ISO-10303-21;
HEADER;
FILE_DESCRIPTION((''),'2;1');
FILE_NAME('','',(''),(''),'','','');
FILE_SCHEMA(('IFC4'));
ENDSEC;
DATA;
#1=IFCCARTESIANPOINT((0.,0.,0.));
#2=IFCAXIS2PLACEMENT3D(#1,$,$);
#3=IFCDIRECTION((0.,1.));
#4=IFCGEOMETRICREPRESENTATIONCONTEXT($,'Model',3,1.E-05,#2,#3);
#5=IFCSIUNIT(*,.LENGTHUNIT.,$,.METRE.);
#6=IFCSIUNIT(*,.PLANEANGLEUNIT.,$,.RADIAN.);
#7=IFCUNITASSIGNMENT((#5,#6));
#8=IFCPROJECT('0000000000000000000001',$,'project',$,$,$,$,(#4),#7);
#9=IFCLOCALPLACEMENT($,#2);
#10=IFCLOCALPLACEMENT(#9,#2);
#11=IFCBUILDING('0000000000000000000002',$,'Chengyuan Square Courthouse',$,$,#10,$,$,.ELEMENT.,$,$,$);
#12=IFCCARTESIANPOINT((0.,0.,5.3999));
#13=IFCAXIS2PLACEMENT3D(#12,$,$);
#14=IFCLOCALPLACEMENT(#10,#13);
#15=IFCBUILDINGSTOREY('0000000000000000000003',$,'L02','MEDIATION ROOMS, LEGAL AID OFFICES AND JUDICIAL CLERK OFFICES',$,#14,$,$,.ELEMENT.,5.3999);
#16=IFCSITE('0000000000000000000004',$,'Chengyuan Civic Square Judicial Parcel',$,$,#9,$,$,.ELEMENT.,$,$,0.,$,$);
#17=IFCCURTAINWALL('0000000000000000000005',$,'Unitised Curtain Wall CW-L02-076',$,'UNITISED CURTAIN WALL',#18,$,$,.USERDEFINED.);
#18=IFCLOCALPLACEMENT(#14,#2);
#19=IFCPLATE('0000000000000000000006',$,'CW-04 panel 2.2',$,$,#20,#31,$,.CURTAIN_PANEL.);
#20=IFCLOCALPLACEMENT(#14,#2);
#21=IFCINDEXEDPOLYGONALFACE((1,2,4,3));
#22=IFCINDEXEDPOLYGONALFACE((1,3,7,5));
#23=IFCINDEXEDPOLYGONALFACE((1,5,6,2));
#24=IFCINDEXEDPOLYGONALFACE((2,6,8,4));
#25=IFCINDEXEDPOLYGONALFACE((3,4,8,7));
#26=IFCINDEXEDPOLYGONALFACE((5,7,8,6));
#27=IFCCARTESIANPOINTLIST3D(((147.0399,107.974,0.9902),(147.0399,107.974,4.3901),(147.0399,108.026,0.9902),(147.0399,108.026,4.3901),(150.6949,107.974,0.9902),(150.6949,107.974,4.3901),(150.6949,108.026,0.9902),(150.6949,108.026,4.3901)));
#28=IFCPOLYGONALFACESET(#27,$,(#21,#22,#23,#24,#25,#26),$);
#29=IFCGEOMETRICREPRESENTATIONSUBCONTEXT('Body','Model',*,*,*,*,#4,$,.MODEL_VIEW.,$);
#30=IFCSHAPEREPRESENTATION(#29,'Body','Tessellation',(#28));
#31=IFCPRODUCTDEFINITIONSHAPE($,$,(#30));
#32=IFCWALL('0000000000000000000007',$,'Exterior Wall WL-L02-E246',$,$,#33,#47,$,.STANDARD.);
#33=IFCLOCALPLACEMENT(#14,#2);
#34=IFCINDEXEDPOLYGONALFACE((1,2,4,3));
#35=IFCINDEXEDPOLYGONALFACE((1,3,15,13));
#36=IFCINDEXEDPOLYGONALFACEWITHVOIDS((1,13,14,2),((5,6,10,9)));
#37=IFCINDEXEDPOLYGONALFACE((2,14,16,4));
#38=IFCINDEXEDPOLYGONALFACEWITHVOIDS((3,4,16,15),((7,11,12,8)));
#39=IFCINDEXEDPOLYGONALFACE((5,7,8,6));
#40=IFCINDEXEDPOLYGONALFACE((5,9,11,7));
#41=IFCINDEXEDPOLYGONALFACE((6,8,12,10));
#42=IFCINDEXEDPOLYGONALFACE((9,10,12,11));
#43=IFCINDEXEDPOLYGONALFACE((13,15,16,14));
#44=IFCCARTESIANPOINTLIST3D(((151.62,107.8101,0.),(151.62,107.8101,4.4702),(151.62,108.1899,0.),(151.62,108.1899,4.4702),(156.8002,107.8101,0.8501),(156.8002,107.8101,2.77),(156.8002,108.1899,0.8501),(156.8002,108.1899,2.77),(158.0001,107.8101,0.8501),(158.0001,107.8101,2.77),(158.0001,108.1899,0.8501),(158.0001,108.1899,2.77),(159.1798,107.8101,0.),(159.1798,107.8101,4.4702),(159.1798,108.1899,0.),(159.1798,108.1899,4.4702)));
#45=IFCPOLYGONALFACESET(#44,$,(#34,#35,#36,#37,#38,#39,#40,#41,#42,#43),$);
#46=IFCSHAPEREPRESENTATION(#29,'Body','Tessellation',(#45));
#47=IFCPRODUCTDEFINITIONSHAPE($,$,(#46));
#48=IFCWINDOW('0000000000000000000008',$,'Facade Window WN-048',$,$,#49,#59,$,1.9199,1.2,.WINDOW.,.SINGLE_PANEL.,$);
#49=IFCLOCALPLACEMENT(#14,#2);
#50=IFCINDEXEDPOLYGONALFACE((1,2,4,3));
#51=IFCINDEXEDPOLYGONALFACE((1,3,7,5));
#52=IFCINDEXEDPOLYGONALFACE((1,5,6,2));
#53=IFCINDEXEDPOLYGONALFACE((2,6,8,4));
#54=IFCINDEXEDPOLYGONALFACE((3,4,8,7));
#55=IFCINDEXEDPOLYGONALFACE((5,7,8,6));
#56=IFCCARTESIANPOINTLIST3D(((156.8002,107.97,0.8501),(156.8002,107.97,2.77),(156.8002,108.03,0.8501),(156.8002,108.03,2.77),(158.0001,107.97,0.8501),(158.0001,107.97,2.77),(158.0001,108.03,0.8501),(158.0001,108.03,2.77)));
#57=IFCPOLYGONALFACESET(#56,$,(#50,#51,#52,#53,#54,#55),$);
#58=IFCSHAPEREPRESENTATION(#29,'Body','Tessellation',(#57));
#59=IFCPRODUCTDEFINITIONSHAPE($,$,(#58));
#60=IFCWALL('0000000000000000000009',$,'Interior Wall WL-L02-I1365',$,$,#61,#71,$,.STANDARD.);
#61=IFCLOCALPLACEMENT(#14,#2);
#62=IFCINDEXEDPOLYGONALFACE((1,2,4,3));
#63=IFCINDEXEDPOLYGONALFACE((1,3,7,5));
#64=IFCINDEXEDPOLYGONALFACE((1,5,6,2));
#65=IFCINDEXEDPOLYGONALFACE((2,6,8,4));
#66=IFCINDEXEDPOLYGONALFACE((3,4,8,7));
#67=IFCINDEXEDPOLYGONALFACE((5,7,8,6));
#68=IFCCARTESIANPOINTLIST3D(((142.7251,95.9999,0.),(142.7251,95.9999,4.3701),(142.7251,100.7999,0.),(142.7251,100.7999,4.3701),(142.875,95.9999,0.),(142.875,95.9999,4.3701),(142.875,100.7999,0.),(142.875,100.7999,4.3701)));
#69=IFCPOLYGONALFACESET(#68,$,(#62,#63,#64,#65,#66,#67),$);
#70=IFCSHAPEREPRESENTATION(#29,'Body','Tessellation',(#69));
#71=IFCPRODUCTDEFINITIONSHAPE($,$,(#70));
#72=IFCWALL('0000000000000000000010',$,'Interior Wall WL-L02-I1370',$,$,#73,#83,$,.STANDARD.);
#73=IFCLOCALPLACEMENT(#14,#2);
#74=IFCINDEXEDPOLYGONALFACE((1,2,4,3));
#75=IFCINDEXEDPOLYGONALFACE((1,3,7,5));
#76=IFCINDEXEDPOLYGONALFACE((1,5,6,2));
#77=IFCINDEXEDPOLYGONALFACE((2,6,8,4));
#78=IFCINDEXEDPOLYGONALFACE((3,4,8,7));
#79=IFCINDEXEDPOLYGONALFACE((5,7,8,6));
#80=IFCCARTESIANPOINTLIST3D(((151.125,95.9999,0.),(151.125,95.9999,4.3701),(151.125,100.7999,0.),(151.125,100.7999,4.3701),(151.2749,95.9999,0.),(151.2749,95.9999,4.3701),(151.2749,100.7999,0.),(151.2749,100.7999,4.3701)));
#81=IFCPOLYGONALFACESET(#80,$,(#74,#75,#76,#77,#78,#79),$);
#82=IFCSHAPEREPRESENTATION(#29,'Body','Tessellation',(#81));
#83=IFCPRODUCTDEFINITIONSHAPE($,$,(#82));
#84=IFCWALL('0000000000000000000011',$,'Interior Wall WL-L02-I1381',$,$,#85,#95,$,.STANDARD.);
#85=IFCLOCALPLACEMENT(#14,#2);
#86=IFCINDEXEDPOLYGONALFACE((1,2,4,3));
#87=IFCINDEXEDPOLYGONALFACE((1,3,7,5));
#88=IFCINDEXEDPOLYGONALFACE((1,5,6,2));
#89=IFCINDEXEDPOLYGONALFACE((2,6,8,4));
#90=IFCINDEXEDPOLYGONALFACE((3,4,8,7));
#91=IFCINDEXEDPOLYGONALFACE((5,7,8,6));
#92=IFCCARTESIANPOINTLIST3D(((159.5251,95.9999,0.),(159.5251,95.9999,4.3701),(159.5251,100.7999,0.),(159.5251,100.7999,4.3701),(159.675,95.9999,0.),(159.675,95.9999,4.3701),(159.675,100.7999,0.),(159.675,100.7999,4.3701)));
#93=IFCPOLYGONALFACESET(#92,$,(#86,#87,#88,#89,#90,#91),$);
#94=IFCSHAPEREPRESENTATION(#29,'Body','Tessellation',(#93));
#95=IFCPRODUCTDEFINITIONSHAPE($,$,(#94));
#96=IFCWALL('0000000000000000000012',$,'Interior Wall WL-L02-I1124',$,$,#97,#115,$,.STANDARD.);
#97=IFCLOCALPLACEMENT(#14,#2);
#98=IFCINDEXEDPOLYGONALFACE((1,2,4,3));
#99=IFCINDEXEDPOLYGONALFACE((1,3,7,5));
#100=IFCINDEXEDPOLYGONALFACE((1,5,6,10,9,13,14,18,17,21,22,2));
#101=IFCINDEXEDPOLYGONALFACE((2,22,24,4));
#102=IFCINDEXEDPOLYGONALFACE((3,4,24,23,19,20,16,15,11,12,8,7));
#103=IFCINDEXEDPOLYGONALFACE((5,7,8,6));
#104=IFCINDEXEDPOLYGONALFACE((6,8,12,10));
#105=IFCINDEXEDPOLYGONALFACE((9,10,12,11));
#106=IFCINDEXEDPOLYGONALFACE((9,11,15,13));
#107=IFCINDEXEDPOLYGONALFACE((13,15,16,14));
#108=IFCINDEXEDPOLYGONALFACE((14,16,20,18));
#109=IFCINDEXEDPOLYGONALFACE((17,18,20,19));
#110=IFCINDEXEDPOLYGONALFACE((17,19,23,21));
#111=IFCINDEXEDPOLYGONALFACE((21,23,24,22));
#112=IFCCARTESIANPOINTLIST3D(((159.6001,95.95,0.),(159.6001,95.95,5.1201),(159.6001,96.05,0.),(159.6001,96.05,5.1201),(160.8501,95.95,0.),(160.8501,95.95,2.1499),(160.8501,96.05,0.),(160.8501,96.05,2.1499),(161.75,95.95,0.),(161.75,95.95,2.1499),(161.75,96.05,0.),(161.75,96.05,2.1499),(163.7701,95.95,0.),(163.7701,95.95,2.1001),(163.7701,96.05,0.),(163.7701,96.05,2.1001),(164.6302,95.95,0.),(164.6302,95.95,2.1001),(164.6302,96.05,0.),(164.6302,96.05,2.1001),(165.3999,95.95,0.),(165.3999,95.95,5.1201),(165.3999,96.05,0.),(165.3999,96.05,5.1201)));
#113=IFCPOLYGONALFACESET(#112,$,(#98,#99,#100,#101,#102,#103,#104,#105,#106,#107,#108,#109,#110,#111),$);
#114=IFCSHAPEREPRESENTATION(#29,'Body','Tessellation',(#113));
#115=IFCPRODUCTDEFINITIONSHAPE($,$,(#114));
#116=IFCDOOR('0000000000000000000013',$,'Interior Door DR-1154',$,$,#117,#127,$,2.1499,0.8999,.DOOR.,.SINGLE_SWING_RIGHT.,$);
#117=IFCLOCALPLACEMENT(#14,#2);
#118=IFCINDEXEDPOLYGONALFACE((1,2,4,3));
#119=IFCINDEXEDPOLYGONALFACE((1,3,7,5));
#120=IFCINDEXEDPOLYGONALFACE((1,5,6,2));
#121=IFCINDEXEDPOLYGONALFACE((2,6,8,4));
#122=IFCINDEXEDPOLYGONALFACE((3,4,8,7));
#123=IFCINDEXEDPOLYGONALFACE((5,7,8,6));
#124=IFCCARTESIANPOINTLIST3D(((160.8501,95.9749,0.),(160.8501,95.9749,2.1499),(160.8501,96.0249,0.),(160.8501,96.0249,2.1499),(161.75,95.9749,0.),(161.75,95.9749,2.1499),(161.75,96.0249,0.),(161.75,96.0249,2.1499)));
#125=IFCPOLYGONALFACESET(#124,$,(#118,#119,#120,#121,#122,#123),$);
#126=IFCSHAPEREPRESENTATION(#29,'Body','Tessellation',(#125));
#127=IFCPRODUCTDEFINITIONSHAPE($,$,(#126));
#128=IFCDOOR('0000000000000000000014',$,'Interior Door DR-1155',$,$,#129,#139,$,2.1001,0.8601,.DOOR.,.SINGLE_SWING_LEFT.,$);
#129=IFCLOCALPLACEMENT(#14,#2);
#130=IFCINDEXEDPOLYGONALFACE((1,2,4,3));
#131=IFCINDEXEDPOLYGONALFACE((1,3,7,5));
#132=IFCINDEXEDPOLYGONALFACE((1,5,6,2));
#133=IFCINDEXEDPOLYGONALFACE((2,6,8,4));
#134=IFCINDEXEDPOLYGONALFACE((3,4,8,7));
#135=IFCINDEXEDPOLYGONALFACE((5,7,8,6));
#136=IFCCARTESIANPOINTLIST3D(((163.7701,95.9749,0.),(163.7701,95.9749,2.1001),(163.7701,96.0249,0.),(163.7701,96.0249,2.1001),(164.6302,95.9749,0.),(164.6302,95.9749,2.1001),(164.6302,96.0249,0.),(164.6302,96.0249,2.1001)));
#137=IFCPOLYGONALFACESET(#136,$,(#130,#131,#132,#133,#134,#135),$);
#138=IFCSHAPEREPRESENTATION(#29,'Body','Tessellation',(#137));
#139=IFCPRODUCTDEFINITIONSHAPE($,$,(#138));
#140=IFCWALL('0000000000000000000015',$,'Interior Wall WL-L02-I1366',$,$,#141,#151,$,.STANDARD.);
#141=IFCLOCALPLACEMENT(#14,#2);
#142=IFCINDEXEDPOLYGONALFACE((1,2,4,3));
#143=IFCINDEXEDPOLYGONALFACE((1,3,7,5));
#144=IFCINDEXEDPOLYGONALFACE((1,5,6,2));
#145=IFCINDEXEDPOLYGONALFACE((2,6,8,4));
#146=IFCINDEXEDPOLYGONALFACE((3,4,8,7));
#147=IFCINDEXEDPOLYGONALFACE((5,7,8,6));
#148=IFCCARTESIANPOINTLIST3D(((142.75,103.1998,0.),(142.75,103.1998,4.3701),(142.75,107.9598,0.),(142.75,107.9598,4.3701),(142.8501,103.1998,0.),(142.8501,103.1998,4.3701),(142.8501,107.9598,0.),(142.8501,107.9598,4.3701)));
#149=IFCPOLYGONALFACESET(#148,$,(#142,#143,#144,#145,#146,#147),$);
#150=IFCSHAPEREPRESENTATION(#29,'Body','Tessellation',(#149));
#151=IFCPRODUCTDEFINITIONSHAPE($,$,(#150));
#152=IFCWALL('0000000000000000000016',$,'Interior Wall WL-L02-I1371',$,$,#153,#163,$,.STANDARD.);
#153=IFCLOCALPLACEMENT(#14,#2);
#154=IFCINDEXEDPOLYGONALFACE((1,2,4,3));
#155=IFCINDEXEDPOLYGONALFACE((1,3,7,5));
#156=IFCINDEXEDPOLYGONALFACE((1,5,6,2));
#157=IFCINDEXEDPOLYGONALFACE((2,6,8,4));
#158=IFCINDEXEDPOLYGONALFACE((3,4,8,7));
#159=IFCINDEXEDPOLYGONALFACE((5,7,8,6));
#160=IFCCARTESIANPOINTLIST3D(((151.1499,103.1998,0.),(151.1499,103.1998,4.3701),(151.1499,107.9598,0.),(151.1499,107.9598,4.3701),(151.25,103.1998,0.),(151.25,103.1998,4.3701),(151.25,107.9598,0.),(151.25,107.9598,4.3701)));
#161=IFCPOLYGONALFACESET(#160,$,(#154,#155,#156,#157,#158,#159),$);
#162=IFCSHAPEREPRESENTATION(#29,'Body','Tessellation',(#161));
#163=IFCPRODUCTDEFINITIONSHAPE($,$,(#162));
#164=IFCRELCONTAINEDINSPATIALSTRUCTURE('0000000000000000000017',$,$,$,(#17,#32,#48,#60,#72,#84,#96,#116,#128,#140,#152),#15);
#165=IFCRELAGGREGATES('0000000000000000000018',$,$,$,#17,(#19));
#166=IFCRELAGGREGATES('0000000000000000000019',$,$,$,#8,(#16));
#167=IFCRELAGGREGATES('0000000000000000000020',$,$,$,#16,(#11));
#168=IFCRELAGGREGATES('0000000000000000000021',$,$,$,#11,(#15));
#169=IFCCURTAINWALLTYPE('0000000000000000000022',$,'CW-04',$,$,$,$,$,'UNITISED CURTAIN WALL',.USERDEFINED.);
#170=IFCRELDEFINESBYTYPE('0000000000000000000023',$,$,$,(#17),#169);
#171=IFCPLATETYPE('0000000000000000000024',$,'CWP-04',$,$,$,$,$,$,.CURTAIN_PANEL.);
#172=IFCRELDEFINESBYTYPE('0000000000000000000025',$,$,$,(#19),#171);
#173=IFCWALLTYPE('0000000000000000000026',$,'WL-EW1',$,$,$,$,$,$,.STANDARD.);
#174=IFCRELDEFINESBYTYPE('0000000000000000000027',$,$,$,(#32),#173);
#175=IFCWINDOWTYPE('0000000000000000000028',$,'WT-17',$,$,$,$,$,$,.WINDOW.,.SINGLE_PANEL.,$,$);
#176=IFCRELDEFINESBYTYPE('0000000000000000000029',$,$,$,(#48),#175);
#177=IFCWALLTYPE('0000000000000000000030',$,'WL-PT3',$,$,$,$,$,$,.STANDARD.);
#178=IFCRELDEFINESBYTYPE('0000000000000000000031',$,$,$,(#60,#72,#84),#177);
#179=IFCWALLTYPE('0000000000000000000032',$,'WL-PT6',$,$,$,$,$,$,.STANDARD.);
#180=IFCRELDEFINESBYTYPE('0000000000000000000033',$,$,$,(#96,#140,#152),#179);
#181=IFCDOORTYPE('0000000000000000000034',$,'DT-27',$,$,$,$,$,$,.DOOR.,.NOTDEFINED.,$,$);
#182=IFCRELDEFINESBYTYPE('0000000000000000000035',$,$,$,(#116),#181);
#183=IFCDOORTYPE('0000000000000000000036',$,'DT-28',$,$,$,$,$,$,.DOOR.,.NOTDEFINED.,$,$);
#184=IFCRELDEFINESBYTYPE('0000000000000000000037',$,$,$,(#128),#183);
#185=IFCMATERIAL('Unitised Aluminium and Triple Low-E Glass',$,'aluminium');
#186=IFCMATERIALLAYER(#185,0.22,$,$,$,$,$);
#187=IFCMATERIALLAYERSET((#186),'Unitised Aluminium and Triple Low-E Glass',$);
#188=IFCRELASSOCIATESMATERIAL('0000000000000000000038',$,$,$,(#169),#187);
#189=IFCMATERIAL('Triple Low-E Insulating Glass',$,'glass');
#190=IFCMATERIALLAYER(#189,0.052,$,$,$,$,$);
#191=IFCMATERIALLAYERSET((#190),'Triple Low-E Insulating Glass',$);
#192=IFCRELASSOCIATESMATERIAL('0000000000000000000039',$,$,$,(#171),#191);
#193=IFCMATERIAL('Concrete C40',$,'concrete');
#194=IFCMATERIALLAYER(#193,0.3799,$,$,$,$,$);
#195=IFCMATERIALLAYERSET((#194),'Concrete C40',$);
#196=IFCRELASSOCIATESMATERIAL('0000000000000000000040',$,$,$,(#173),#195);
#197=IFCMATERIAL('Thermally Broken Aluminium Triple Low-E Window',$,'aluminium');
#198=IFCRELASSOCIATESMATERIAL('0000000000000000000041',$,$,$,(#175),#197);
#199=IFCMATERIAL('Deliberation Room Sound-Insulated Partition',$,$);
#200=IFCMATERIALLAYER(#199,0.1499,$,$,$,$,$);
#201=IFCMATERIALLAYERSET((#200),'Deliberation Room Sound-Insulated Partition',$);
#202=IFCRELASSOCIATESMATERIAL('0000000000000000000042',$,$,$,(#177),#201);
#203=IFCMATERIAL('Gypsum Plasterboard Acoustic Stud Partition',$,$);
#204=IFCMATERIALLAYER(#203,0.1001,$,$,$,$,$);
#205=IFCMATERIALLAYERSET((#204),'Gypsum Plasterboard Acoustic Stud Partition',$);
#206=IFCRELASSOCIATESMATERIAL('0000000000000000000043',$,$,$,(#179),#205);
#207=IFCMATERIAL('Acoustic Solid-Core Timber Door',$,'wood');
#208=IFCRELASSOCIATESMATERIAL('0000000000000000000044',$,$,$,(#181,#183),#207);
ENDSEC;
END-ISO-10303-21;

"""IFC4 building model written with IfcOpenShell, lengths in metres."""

from ifc_helpers import new_model, si_unit, direction, frame, frame_2d, origin, origin_2d, place, context, subcontext, project, spatial, rectangle, extrude, material, layer, layer_set, type_object, element, fill, aggregate, save


model = new_model("IFC4")

# Units and contexts
model_context = context("Model", 3, precision=1e-05, world=origin(), true_north=direction((0.0, 1.0)))
body_context = subcontext(model_context, "Body", "Model", "MODEL_VIEW")
ifc_project = project(units=[si_unit("LENGTHUNIT", "METRE"), si_unit("PLANEANGLEUNIT", "RADIAN")], contexts=[model_context])

# Site, building, storey
site_placement = place(None, origin())
site = spatial("IfcSite", under=ifc_project, at=site_placement, Name="Chengyuan Civic Square Judicial Parcel", CompositionType="ELEMENT", RefElevation=0.0)
building_placement = place(site_placement, origin())
building = spatial("IfcBuilding", under=site, at=building_placement, Name="Chengyuan Square Courthouse", CompositionType="ELEMENT")
storey_placement = place(building_placement, frame((0.0, 0.0, 5.3999)))
storey = spatial("IfcBuildingStorey", under=building, at=storey_placement, Name="L02", Description="MEDIATION ROOMS, LEGAL AID OFFICES AND JUDICIAL CLERK OFFICES", CompositionType="ELEMENT", Elevation=5.3999)

# Shared definitions
ifc_material_1 = material(Name="Concrete C40", Category="concrete")

# Curtain wall, plate
ifc_material_2 = material(Name="Unitised Aluminium and Triple Low-E Glass", Category="aluminium")
ifc_layer_1 = layer(ifc_material_2, 0.22)
ifc_layer_set_1 = layer_set([ifc_layer_1], Name="Unitised Aluminium and Triple Low-E Glass")
curtain_wall_type = type_object("IfcCurtainWallType", Name="CW-04", ElementType="UNITISED CURTAIN WALL", PredefinedType="USERDEFINED", material=ifc_layer_set_1)
curtain_wall_placement = place(storey_placement, origin())
curtain_wall = element("IfcCurtainWall", 1, at=curtain_wall_placement, inside=storey, type_object=curtain_wall_type, Name="Unitised Curtain Wall CW-L02-076", ObjectType="UNITISED CURTAIN WALL", PredefinedType="USERDEFINED")
ifc_material_3 = material(Name="Triple Low-E Insulating Glass", Category="glass")
ifc_layer_2 = layer(ifc_material_3, 0.052)
ifc_layer_set_2 = layer_set([ifc_layer_2], Name="Triple Low-E Insulating Glass")
plate_type = type_object("IfcPlateType", Name="CWP-04", PredefinedType="CURTAIN_PANEL", material=ifc_layer_set_2)
plate_1_placement = place(storey_placement, frame((148.8674, 108.0, 0.9902), z_axis=(0.0, 0.0, 1.0), x_axis=(1.0, 0.0, 0.0)))
plate_1 = element("IfcPlate", 2, at=plate_1_placement, type_object=plate_type, Name="CW-04 panel 2.2", PredefinedType="CURTAIN_PANEL", context=body_context, shape_type="SweptSolid", body=[
    extrude(rectangle(XDim=3.655, YDim=0.052, at=origin_2d()), origin(), (0.0, 0.0, 1.0), 3.3999),
])
aggregate(curtain_wall, [plate_1])

# Wall, opening, window
ifc_layer_3 = layer(ifc_material_1, 0.3799)
ifc_layer_set_3 = layer_set([ifc_layer_3], Name="Concrete C40")
wall_type_1 = type_object("IfcWallType", Name="WL-EW1", PredefinedType="STANDARD", material=ifc_layer_set_3)
wall_1_placement = place(storey_placement, frame((151.6201, 108.0, 0.0), z_axis=(0.0, 0.0, 1.0), x_axis=(1.0, 0.0, 0.0)))
wall_1 = element("IfcWall", 3, at=wall_1_placement, inside=storey, type_object=wall_type_1, Name="Exterior Wall WL-L02-E246", PredefinedType="STANDARD", context=body_context, shape_type="SweptSolid", body=[
    extrude(rectangle(XDim=7.5598, YDim=0.3799, at=frame_2d((3.7798, 0.0))), origin(), (0.0, 0.0, 1.0), 4.4702),
])
opening_1_placement = place(wall_1_placement, frame((5.1799, 0.0, 0.8501)))
opening_1 = element("IfcOpeningElement", 4, at=opening_1_placement, cuts=wall_1, PredefinedType="OPENING", context=body_context, shape_type="SweptSolid", body=[
    extrude(rectangle(XDim=1.2, YDim=1.9199, at=frame_2d((0.6001, 0.96))), frame((0.0, 0.2019, 0.0), z_axis=(0.0, -1.0, 0.0), x_axis=(1.0, 0.0, 0.0)), (0.0, 0.0, 1.0), 0.4038),
])
ifc_material_4 = material(Name="Thermally Broken Aluminium Triple Low-E Window", Category="aluminium")
window_type = type_object("IfcWindowType", Name="WT-17", PartitioningType="SINGLE_PANEL", PredefinedType="WINDOW", material=ifc_material_4)
window_placement = place(opening_1_placement, origin())
window = element("IfcWindow", 5, at=window_placement, inside=storey, type_object=window_type, Name="Facade Window WN-048", OverallHeight=1.9199, OverallWidth=1.2, PartitioningType="SINGLE_PANEL", PredefinedType="WINDOW", context=body_context, shape_type="SweptSolid", body=[
    extrude(rectangle(XDim=1.2, YDim=1.9199, at=frame_2d((0.6001, 0.96))), frame((0.0, 0.03, 0.0), z_axis=(0.0, -1.0, 0.0), x_axis=(1.0, 0.0, 0.0)), (0.0, 0.0, 1.0), 0.0601),
])
fill(opening_1, window)

# Walls
ifc_material_5 = material(Name="Deliberation Room Sound-Insulated Partition")
ifc_layer_4 = layer(ifc_material_5, 0.1499)
ifc_layer_set_4 = layer_set([ifc_layer_4], Name="Deliberation Room Sound-Insulated Partition")
wall_type_2 = type_object("IfcWallType", Name="WL-PT3", PredefinedType="STANDARD", material=ifc_layer_set_4)
for number, where, z_axis, x_axis, name in (
    (6, (142.8, 96.0, 0.0), (0.0, 0.0, 1.0), (0.0, 1.0, 0.0), "Interior Wall WL-L02-I1365"),
    (7, (151.2, 96.0, 0.0), (0.0, 0.0, 1.0), (0.0, 1.0, 0.0), "Interior Wall WL-L02-I1370"),
    (8, (159.6001, 96.0, 0.0), (0.0, 0.0, 1.0), (0.0, 1.0, 0.0), "Interior Wall WL-L02-I1381"),
):
    element("IfcWall", number, at=place(storey_placement, frame(where, z_axis=z_axis, x_axis=x_axis)), inside=storey, type_object=wall_type_2, Name=name, PredefinedType="STANDARD", context=body_context, shape_type="SweptSolid", body=[
        extrude(rectangle(XDim=4.8, YDim=0.1499, at=frame_2d((2.3999, 0.0))), origin(), (0.0, 0.0, 1.0), 4.3701),
    ])

# Wall, openings, doors
ifc_material_6 = material(Name="Gypsum Plasterboard Acoustic Stud Partition")
ifc_layer_5 = layer(ifc_material_6, 0.1001)
ifc_layer_set_5 = layer_set([ifc_layer_5], Name="Gypsum Plasterboard Acoustic Stud Partition")
wall_type_3 = type_object("IfcWallType", Name="WL-PT6", PredefinedType="STANDARD", material=ifc_layer_set_5)
wall_2_placement = place(storey_placement, frame((159.6001, 96.0, 0.0), z_axis=(0.0, 0.0, 1.0), x_axis=(1.0, 0.0, 0.0)))
wall_2 = element("IfcWall", 9, at=wall_2_placement, inside=storey, type_object=wall_type_3, Name="Interior Wall WL-L02-I1124", PredefinedType="STANDARD", context=body_context, shape_type="SweptSolid", body=[
    extrude(rectangle(XDim=5.7998, YDim=0.1001, at=frame_2d((2.8999, 0.0))), origin(), (0.0, 0.0, 1.0), 5.1201),
])
opening_2_placement = place(wall_2_placement, frame((1.25, 0.0, 0.0)))
opening_2 = element("IfcOpeningElement", 10, at=opening_2_placement, cuts=wall_2, PredefinedType="OPENING", context=body_context, shape_type="SweptSolid", body=[
    extrude(rectangle(XDim=0.8999, YDim=2.1499, at=frame_2d((0.45, 1.075))), frame((0.0, 0.062, 0.0), z_axis=(0.0, -1.0, 0.0), x_axis=(1.0, 0.0, 0.0)), (0.0, 0.0, 1.0), 0.124),
])
opening_3_placement = place(wall_2_placement, frame((4.1699, 0.0, 0.0)))
opening_3 = element("IfcOpeningElement", 11, at=opening_3_placement, cuts=wall_2, PredefinedType="OPENING", context=body_context, shape_type="SweptSolid", body=[
    extrude(rectangle(XDim=0.8601, YDim=2.1001, at=frame_2d((0.4302, 1.05))), frame((0.0, 0.062, 0.0), z_axis=(0.0, -1.0, 0.0), x_axis=(1.0, 0.0, 0.0)), (0.0, 0.0, 1.0), 0.124),
])
ifc_material_7 = material(Name="Acoustic Solid-Core Timber Door", Category="wood")
door_type_1 = type_object("IfcDoorType", Name="DT-27", OperationType="NOTDEFINED", PredefinedType="DOOR", material=ifc_material_7)
door_1_placement = place(opening_2_placement, origin())
door_1 = element("IfcDoor", 12, at=door_1_placement, inside=storey, type_object=door_type_1, Name="Interior Door DR-1154", OperationType="SINGLE_SWING_RIGHT", OverallHeight=2.1499, OverallWidth=0.8999, PredefinedType="DOOR", context=body_context, shape_type="SweptSolid", body=[
    extrude(rectangle(XDim=0.8999, YDim=2.1499, at=frame_2d((0.45, 1.075))), frame((0.0, 0.0249, 0.0), z_axis=(0.0, -1.0, 0.0), x_axis=(1.0, 0.0, 0.0)), (0.0, 0.0, 1.0), 0.05),
])
fill(opening_2, door_1)
door_type_2 = type_object("IfcDoorType", Name="DT-28", OperationType="NOTDEFINED", PredefinedType="DOOR", material=ifc_material_7)
door_2_placement = place(opening_3_placement, origin())
door_2 = element("IfcDoor", 13, at=door_2_placement, inside=storey, type_object=door_type_2, Name="Interior Door DR-1155", OperationType="SINGLE_SWING_LEFT", OverallHeight=2.1001, OverallWidth=0.8601, PredefinedType="DOOR", context=body_context, shape_type="SweptSolid", body=[
    extrude(rectangle(XDim=0.8601, YDim=2.1001, at=frame_2d((0.4302, 1.05))), frame((0.0, 0.0249, 0.0), z_axis=(0.0, -1.0, 0.0), x_axis=(1.0, 0.0, 0.0)), (0.0, 0.0, 1.0), 0.05),
])
fill(opening_3, door_2)

# Walls
for number, where, z_axis, x_axis, name in (
    (14, (142.8, 103.2, 0.0), (0.0, 0.0, 1.0), (0.0, 1.0, 0.0), "Interior Wall WL-L02-I1366"),
    (15, (151.2, 103.2, 0.0), (0.0, 0.0, 1.0), (0.0, 1.0, 0.0), "Interior Wall WL-L02-I1371"),
):
    element("IfcWall", number, at=place(storey_placement, frame(where, z_axis=z_axis, x_axis=x_axis)), inside=storey, type_object=wall_type_3, Name=name, PredefinedType="STANDARD", context=body_context, shape_type="SweptSolid", body=[
        extrude(rectangle(XDim=4.76, YDim=0.1001, at=frame_2d((2.3799, 0.0))), origin(), (0.0, 0.0, 1.0), 4.3701),
    ])

save(model, "model.ifc")
